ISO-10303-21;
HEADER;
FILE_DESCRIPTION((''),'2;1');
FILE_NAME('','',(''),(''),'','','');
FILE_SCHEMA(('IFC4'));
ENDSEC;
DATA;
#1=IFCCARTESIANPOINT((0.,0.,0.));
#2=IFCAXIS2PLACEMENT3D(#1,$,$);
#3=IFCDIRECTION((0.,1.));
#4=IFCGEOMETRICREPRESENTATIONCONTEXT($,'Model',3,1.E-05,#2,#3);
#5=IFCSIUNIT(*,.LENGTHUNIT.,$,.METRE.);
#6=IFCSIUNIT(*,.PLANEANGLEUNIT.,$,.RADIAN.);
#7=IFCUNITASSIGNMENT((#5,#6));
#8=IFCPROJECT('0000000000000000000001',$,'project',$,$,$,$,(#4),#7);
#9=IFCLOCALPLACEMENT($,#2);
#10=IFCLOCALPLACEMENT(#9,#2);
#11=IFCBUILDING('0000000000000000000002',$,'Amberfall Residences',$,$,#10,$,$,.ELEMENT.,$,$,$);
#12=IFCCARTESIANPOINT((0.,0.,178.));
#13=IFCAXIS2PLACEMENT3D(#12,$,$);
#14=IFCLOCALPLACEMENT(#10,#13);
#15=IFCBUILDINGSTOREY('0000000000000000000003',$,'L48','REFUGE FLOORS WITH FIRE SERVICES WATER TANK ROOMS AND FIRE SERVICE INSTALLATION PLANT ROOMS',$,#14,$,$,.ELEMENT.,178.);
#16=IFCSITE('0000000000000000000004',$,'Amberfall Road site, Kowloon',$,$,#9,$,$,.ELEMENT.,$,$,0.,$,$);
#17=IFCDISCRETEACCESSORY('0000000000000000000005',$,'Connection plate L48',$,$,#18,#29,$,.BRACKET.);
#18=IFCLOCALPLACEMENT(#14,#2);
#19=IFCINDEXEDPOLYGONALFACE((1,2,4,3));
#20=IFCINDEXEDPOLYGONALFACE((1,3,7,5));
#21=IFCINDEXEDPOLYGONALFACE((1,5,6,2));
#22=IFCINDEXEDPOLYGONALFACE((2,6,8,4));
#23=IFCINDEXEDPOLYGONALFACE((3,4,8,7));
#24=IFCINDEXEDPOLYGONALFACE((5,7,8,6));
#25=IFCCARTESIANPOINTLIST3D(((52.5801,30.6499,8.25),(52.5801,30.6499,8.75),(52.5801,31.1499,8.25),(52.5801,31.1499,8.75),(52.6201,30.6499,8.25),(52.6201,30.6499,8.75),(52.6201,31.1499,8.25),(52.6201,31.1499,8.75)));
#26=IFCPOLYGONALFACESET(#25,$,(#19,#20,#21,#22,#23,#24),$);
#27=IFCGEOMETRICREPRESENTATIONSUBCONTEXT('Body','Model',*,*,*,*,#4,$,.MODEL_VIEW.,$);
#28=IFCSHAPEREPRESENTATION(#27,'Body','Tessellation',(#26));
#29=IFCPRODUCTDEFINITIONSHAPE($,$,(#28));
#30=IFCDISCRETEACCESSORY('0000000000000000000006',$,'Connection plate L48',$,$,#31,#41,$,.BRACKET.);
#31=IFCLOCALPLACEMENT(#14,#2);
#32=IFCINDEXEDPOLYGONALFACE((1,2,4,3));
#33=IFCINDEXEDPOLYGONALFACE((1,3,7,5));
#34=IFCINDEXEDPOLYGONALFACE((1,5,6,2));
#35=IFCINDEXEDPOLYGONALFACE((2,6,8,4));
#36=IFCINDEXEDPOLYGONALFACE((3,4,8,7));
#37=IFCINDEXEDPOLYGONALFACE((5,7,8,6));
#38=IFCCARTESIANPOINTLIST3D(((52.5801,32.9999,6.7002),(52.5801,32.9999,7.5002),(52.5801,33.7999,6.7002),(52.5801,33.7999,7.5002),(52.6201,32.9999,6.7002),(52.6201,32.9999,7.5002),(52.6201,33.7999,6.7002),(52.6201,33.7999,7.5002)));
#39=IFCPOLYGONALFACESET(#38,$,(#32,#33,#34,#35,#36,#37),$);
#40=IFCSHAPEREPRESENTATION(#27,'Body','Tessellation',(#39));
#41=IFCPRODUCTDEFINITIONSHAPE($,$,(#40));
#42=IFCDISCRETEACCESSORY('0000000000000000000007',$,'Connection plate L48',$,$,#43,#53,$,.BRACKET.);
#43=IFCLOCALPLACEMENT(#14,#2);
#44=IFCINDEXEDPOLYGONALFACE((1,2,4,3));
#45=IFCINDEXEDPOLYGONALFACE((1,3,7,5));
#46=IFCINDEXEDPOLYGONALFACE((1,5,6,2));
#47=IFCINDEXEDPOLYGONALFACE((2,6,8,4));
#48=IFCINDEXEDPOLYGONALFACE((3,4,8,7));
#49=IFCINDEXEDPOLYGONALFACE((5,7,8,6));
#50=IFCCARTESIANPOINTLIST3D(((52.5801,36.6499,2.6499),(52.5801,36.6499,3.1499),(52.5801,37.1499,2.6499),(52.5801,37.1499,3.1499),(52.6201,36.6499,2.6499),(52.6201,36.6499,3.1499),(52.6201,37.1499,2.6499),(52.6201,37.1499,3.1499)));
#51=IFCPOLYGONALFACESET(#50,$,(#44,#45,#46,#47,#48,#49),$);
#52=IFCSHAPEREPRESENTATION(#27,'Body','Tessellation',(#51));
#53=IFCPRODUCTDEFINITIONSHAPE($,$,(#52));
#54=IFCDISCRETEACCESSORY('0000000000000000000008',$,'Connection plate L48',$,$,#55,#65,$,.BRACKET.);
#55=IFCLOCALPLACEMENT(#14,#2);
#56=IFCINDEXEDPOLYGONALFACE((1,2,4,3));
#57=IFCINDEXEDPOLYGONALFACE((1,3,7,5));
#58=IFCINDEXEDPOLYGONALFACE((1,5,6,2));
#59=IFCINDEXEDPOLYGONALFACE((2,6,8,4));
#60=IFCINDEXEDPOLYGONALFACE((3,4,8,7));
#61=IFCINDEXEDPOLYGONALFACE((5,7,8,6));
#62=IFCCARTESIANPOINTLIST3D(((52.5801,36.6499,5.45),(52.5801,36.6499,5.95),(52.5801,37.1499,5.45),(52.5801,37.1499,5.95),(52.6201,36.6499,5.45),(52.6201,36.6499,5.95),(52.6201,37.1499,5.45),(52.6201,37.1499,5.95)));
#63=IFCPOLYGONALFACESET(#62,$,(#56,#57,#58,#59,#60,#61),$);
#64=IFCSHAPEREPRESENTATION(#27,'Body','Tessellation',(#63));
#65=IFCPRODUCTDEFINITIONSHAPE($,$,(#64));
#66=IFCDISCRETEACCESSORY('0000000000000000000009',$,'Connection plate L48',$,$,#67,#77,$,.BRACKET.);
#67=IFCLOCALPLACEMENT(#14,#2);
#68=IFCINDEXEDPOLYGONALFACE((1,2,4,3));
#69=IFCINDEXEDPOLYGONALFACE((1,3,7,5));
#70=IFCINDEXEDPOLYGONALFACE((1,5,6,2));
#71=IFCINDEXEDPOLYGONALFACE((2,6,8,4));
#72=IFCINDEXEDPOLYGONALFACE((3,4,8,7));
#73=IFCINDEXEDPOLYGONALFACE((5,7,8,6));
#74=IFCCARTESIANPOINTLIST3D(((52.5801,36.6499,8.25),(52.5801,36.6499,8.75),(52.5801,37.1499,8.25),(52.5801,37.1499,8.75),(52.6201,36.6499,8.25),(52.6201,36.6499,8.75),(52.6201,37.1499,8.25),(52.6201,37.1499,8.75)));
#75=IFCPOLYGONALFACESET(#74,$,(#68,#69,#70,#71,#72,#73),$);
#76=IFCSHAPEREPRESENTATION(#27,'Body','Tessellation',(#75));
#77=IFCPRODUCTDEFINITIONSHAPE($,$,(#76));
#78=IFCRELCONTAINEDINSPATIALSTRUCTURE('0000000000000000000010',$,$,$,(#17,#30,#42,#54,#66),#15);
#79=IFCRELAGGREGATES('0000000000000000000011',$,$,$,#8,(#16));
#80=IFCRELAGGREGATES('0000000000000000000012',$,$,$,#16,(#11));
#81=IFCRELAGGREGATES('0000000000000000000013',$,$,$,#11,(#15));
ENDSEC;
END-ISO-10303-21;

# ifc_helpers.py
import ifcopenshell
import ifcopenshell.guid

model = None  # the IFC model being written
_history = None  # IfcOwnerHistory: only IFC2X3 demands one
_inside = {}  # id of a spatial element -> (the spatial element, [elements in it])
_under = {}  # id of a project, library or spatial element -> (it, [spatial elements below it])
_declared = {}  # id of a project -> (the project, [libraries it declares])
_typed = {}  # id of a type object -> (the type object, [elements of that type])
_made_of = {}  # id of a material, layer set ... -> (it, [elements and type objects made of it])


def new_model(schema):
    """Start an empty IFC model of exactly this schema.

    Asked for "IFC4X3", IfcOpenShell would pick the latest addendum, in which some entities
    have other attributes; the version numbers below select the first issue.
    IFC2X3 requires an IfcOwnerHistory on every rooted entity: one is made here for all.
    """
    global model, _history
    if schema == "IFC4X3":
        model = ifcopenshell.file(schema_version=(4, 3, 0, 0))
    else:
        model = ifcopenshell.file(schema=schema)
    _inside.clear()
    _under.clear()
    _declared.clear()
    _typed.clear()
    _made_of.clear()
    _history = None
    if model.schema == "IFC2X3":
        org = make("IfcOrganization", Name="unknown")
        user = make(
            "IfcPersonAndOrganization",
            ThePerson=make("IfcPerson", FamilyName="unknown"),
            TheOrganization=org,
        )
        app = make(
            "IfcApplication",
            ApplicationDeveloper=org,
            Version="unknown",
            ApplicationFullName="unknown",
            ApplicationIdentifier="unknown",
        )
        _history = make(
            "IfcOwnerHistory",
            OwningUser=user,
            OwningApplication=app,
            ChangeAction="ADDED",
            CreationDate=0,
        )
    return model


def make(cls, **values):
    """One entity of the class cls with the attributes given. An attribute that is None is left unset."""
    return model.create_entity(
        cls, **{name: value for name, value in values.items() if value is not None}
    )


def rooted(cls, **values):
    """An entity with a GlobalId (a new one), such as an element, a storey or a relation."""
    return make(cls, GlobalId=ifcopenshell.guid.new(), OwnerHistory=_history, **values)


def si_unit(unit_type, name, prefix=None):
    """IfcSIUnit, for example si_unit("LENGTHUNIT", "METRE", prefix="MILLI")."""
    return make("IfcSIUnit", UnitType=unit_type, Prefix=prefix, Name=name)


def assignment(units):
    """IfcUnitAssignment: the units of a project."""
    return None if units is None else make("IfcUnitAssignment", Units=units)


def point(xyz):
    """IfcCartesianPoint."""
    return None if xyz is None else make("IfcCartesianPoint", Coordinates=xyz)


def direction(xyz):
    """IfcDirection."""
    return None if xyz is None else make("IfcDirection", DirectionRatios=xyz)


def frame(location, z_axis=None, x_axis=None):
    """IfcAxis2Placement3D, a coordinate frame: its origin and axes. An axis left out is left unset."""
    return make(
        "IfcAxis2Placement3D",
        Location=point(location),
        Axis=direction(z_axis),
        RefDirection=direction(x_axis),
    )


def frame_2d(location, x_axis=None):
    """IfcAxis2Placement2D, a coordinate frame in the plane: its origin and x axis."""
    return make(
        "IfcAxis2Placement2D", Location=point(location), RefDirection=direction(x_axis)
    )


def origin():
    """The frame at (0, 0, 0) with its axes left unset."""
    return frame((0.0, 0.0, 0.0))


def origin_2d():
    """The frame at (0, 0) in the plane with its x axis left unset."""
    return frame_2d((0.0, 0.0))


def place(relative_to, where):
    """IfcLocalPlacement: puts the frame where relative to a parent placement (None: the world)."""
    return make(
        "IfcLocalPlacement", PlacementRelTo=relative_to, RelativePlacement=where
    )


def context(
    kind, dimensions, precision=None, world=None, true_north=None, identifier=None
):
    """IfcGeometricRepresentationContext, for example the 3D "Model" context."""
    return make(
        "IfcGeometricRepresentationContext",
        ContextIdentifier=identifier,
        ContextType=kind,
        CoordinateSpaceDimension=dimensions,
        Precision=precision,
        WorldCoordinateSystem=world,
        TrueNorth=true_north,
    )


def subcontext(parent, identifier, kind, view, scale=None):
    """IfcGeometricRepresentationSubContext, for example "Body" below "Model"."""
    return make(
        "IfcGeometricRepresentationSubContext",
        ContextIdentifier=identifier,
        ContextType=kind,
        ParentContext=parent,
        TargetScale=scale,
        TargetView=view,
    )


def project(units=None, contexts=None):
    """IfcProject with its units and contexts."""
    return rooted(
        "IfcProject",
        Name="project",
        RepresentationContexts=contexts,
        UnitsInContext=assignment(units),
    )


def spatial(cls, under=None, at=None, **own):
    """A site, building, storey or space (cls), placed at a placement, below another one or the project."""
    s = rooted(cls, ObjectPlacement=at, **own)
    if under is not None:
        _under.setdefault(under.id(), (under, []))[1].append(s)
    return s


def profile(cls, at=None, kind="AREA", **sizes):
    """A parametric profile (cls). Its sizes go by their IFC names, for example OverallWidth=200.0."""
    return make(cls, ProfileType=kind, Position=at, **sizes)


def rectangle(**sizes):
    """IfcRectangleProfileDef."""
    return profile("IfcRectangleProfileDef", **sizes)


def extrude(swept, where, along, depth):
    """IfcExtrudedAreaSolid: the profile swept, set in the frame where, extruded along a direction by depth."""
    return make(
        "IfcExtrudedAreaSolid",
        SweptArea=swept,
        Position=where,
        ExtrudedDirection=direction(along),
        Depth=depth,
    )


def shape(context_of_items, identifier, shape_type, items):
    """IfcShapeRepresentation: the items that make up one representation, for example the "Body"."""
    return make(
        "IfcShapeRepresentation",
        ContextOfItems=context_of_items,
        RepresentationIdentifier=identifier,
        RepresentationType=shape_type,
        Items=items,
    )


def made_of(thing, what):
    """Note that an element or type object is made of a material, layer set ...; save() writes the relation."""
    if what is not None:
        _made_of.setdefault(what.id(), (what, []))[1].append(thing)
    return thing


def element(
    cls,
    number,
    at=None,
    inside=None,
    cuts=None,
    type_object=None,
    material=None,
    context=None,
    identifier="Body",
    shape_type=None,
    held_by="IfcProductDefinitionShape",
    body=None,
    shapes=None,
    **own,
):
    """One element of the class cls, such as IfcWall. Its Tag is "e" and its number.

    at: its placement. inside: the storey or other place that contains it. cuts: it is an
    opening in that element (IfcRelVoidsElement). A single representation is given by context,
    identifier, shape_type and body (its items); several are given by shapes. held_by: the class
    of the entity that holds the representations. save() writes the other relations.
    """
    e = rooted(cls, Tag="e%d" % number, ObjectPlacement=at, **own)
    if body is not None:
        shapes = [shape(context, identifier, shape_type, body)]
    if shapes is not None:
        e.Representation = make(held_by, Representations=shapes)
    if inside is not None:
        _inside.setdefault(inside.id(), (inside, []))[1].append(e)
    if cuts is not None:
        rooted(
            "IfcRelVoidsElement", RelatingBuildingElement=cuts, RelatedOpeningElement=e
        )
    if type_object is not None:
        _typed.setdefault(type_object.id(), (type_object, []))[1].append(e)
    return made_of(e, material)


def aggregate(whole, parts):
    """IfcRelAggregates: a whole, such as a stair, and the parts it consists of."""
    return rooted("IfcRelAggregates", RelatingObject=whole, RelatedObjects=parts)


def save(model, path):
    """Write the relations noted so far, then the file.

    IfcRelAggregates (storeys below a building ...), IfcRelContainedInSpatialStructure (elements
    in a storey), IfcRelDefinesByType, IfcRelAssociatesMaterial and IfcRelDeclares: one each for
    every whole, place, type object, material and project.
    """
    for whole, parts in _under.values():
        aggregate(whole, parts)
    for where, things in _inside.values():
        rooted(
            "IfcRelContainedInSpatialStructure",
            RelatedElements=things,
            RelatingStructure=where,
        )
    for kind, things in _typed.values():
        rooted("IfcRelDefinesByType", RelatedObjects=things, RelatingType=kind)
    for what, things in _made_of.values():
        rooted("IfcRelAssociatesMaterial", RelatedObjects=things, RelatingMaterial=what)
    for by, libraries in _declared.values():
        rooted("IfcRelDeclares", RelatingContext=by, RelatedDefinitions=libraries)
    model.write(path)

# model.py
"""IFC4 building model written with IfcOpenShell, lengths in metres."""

from ifc_helpers import new_model, si_unit, direction, frame, origin, origin_2d, place, context, subcontext, project, spatial, rectangle, extrude, element, save


model = new_model("IFC4")

# Units and contexts
model_context = context("Model", 3, precision=1e-05, world=origin(), true_north=direction((0.0, 1.0)))
body_context = subcontext(model_context, "Body", "Model", "MODEL_VIEW")
ifc_project = project(units=[si_unit("LENGTHUNIT", "METRE"), si_unit("PLANEANGLEUNIT", "RADIAN")], contexts=[model_context])

# Site, building, storey
site_placement = place(None, origin())
site = spatial("IfcSite", under=ifc_project, at=site_placement, Name="Amberfall Road site, Kowloon", CompositionType="ELEMENT", RefElevation=0.0)
building_placement = place(site_placement, origin())
building = spatial("IfcBuilding", under=site, at=building_placement, Name="Amberfall Residences", CompositionType="ELEMENT")
storey_placement = place(building_placement, frame((0.0, 0.0, 178.0)))
storey = spatial("IfcBuildingStorey", under=building, at=storey_placement, Name="L48", Description="REFUGE FLOORS WITH FIRE SERVICES WATER TANK ROOMS AND FIRE SERVICE INSTALLATION PLANT ROOMS", CompositionType="ELEMENT", Elevation=178.0)

# Discrete accessories
for number, where, z_axis, x_axis, name in (
    (1, (52.6001, 30.8999, 8.25), (0.0, 0.0, 1.0), (0.0, 1.0, 0.0), "Connection plate L48"),
):
    element("IfcDiscreteAccessory", number, at=place(storey_placement, frame(where, z_axis=z_axis, x_axis=x_axis)), inside=storey, Name=name, PredefinedType="BRACKET", context=body_context, shape_type="SweptSolid", body=[
        extrude(rectangle(XDim=0.5, YDim=0.04, at=origin_2d()), origin(), (0.0, 0.0, 1.0), 0.5),
    ])
discrete_accessory_1_placement = place(storey_placement, frame((52.6001, 33.3999, 6.7002), z_axis=(0.0, 0.0, 1.0), x_axis=(0.0, 1.0, 0.0)))
element("IfcDiscreteAccessory", 2, at=discrete_accessory_1_placement, inside=storey, Name="Connection plate L48", PredefinedType="BRACKET", context=body_context, shape_type="SweptSolid", body=[
    extrude(rectangle(XDim=0.8, YDim=0.04, at=origin_2d()), origin(), (0.0, 0.0, 1.0), 0.8),
])
for number, where, z_axis, x_axis, name in (
    (3, (52.6001, 36.8999, 2.6499), (0.0, 0.0, 1.0), (0.0, 1.0, 0.0), "Connection plate L48"),
    (4, (52.6001, 36.8999, 5.45), (0.0, 0.0, 1.0), (0.0, 1.0, 0.0), "Connection plate L48"),
    (5, (52.6001, 36.8999, 8.25), (0.0, 0.0, 1.0), (0.0, 1.0, 0.0), "Connection plate L48"),
):
    element("IfcDiscreteAccessory", number, at=place(storey_placement, frame(where, z_axis=z_axis, x_axis=x_axis)), inside=storey, Name=name, PredefinedType="BRACKET", context=body_context, shape_type="SweptSolid", body=[
        extrude(rectangle(XDim=0.5, YDim=0.04, at=origin_2d()), origin(), (0.0, 0.0, 1.0), 0.5),
    ])

save(model, "model.ifc")
